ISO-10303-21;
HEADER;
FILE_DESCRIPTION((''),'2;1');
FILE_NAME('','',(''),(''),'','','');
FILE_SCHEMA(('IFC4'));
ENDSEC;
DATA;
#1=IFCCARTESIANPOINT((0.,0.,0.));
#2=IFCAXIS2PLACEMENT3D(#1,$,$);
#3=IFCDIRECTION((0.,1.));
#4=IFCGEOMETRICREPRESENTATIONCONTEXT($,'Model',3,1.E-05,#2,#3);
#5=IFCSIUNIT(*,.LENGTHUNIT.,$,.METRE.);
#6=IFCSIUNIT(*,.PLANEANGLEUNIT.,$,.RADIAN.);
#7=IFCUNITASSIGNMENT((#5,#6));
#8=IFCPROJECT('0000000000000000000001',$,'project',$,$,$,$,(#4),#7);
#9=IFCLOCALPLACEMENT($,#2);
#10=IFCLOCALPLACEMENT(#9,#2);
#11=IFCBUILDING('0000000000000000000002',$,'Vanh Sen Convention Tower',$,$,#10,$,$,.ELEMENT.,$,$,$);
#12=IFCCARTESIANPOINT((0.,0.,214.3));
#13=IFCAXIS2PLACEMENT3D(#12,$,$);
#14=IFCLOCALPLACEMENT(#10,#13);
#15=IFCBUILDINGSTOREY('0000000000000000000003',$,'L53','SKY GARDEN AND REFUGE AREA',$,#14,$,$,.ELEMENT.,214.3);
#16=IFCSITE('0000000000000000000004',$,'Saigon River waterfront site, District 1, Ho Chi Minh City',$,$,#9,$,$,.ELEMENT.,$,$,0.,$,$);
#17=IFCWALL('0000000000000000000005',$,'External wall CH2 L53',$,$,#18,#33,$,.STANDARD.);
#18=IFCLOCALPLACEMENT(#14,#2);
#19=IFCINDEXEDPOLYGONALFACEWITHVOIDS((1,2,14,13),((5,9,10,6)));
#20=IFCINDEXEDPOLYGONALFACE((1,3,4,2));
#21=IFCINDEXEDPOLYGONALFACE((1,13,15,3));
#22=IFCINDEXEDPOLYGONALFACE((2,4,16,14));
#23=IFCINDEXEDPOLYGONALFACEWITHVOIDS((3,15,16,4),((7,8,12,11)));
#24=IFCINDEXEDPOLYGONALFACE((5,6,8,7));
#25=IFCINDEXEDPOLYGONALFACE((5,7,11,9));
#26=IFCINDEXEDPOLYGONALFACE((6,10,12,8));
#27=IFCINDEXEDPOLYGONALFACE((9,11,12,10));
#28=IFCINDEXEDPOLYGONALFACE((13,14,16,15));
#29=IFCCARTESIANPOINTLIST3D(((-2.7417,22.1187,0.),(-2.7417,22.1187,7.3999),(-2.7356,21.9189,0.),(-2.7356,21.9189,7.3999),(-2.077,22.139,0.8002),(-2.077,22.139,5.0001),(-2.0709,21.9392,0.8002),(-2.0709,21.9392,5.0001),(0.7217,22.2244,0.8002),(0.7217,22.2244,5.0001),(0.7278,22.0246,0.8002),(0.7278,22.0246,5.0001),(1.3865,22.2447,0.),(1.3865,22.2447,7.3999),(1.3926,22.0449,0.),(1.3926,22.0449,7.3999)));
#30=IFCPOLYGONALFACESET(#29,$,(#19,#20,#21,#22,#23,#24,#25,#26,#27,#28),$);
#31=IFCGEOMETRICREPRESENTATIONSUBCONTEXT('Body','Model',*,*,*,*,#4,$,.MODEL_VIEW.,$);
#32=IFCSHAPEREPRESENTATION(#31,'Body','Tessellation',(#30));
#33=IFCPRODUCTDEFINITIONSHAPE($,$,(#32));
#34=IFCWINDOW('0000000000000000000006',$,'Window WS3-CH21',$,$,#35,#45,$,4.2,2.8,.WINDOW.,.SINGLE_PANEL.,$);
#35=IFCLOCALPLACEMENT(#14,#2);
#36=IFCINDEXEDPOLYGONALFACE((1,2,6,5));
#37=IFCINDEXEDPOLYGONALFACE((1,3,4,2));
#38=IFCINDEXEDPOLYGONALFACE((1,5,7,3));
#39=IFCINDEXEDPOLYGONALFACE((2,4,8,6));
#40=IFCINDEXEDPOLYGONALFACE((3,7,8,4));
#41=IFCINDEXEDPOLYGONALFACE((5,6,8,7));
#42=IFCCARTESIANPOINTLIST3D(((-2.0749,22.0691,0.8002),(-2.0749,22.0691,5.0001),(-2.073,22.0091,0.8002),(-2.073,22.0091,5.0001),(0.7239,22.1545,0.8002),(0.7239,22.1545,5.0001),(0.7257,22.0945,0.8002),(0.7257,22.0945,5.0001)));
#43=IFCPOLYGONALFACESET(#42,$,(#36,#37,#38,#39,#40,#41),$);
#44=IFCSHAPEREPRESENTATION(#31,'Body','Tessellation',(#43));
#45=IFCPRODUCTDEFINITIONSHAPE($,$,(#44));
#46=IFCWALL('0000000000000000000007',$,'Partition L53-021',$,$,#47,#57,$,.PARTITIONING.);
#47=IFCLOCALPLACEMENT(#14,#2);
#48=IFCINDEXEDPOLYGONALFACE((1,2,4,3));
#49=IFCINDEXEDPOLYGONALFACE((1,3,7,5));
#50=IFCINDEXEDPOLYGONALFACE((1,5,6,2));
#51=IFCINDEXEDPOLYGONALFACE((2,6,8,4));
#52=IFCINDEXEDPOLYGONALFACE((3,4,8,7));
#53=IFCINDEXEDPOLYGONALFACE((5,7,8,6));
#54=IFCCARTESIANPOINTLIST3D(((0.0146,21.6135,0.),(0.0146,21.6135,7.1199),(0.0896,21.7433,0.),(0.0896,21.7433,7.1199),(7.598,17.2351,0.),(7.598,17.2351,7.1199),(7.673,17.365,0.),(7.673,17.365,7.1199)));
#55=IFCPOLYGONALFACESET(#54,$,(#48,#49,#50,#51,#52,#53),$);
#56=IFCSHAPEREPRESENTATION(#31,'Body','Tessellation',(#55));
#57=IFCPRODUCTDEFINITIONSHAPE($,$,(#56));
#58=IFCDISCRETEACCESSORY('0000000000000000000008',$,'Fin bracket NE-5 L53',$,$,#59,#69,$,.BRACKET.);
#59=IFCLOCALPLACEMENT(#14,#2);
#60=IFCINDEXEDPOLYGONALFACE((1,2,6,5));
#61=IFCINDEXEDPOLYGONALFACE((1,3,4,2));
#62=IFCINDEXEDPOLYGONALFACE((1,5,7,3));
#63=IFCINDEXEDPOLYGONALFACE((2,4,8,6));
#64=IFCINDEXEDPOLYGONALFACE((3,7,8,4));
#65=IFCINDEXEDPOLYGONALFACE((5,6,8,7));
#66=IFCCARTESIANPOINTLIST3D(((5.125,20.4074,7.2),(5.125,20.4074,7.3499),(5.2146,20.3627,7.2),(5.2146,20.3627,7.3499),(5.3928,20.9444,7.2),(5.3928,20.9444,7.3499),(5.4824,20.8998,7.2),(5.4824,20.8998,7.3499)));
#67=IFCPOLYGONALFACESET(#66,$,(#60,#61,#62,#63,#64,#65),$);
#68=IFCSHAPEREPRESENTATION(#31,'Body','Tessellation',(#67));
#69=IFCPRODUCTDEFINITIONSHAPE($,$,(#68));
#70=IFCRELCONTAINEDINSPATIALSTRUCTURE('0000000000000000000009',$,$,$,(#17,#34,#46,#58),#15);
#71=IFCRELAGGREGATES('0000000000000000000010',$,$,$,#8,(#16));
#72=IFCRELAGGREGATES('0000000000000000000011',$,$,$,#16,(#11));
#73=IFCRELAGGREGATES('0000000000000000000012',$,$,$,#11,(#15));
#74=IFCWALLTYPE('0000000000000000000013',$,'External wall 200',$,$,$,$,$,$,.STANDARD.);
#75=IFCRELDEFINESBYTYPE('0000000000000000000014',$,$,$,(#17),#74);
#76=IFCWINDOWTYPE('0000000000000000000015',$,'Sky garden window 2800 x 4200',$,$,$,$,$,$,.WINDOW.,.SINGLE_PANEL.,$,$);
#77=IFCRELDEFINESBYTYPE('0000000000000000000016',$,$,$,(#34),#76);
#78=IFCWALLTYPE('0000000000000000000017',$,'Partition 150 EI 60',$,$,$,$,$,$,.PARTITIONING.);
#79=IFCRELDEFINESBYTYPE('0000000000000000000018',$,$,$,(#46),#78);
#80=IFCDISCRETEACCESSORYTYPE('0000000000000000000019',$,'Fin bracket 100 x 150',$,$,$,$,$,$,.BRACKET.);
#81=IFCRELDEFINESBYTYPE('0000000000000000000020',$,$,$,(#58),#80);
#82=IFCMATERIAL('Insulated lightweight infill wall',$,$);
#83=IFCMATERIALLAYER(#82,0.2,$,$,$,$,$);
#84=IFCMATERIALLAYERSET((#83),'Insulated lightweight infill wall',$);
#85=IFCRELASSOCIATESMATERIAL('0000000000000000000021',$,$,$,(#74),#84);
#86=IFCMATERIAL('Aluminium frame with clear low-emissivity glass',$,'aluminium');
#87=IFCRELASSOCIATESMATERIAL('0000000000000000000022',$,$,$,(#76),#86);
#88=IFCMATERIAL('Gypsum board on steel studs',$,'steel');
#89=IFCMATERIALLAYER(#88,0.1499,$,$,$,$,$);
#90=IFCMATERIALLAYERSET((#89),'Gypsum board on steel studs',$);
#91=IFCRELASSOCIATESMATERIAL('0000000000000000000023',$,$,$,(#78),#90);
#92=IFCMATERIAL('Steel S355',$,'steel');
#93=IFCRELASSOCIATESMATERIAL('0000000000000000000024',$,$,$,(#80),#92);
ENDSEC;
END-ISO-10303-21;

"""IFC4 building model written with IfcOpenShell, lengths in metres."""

from ifc_helpers import new_model, si_unit, direction, frame, frame_2d, origin, origin_2d, place, context, subcontext, project, spatial, rectangle, extrude, material, layer, layer_set, type_object, element, fill, save


model = new_model("IFC4")

# Units and contexts
model_context = context("Model", 3, precision=1e-05, world=origin(), true_north=direction((0.0, 1.0)))
body_context = subcontext(model_context, "Body", "Model", "MODEL_VIEW")
ifc_project = project(units=[si_unit("LENGTHUNIT", "METRE"), si_unit("PLANEANGLEUNIT", "RADIAN")], contexts=[model_context])

# Site, building, storey
site_placement = place(None, origin())
site = spatial("IfcSite", under=ifc_project, at=site_placement, Name="Saigon River waterfront site, District 1, Ho Chi Minh City", CompositionType="ELEMENT", RefElevation=0.0)
building_placement = place(site_placement, origin())
building = spatial("IfcBuilding", under=site, at=building_placement, Name="Vanh Sen Convention Tower", CompositionType="ELEMENT")
storey_placement = place(building_placement, frame((0.0, 0.0, 214.3)))
storey = spatial("IfcBuildingStorey", under=building, at=storey_placement, Name="L53", Description="SKY GARDEN AND REFUGE AREA", CompositionType="ELEMENT", Elevation=214.3)

# Wall, opening, window
ifc_material_1 = material(Name="Insulated lightweight infill wall")
ifc_layer_1 = layer(ifc_material_1, 0.2)
ifc_layer_set_1 = layer_set([ifc_layer_1], Name="Insulated lightweight infill wall")
wall_type_1 = type_object("IfcWallType", Name="External wall 200", PredefinedType="STANDARD", material=ifc_layer_set_1)
wall_1_placement = place(storey_placement, frame((1.3894, 22.1448, 0.0), z_axis=(0.0, 0.0, 1.0), x_axis=(-0.999535, -0.030502, 0.0)))
wall_1 = element("IfcWall", 1, at=wall_1_placement, inside=storey, type_object=wall_type_1, Name="External wall CH2 L53", PredefinedType="STANDARD", context=body_context, shape_type="SweptSolid", body=[
    extrude(rectangle(XDim=4.1301, YDim=0.2, at=frame_2d((2.0649, 0.0))), origin(), (0.0, 0.0, 1.0), 7.3999),
])
opening_placement = place(wall_1_placement, frame((0.665, 0.0, 0.8)))
opening = element("IfcOpeningElement", 2, at=opening_placement, cuts=wall_1, PredefinedType="OPENING", context=body_context, shape_type="SweptSolid", body=[
    extrude(rectangle(XDim=2.8, YDim=4.2, at=frame_2d((1.3999, 2.1001))), frame((0.0, 0.1099, 0.0), z_axis=(0.0, -1.0, 0.0), x_axis=(1.0, 0.0, 0.0)), (0.0, 0.0, 1.0), 0.22),
])
ifc_material_2 = material(Name="Aluminium frame with clear low-emissivity glass", Category="aluminium")
window_type = type_object("IfcWindowType", Name="Sky garden window 2800 x 4200", PartitioningType="SINGLE_PANEL", PredefinedType="WINDOW", material=ifc_material_2)
window_placement = place(opening_placement, origin())
window = element("IfcWindow", 3, at=window_placement, inside=storey, type_object=window_type, Name="Window WS3-CH21", OverallHeight=4.2, OverallWidth=2.8, PartitioningType="SINGLE_PANEL", PredefinedType="WINDOW", context=body_context, shape_type="SweptSolid", body=[
    extrude(rectangle(XDim=2.8, YDim=4.2, at=frame_2d((1.3999, 2.1001))), frame((0.0, 0.03, 0.0), z_axis=(0.0, -1.0, 0.0), x_axis=(1.0, 0.0, 0.0)), (0.0, 0.0, 1.0), 0.0601),
])
fill(opening, window)

# Wall
ifc_material_3 = material(Name="Gypsum board on steel studs", Category="steel")
ifc_layer_2 = layer(ifc_material_3, 0.1499)
ifc_layer_set_2 = layer_set([ifc_layer_2], Name="Gypsum board on steel studs")
wall_type_2 = type_object("IfcWallType", Name="Partition 150 EI 60", PredefinedType="PARTITIONING", material=ifc_layer_set_2)
wall_2_placement = place(storey_placement, frame((0.052, 21.6785, 0.0), z_axis=(0.0, 0.0, 1.0), x_axis=(0.866021, -0.500007, 0.0)))
element("IfcWall", 4, at=wall_2_placement, inside=storey, type_object=wall_type_2, Name="Partition L53-021", PredefinedType="PARTITIONING", context=body_context, shape_type="SweptSolid", body=[
    extrude(rectangle(XDim=8.7566, YDim=0.1499, at=frame_2d((4.3784, 0.0))), origin(), (0.0, 0.0, 1.0), 7.1199),
])

# Discrete accessory
ifc_material_4 = material(Name="Steel S355", Category="steel")
discrete_accessory_type = type_object("IfcDiscreteAccessoryType", Name="Fin bracket 100 x 150", PredefinedType="BRACKET", material=ifc_material_4)
discrete_accessory_placement = place(storey_placement, frame((5.3037, 20.6536, 7.2), z_axis=(0.0, 0.0, 1.0), x_axis=(0.446198, 0.894934, 0.0)))
element("IfcDiscreteAccessory", 5, at=discrete_accessory_placement, inside=storey, type_object=discrete_accessory_type, Name="Fin bracket NE-5 L53", PredefinedType="BRACKET", context=body_context, shape_type="SweptSolid", body=[
    extrude(rectangle(XDim=0.6001, YDim=0.1001, at=origin_2d()), origin(), (0.0, 0.0, 1.0), 0.1499),
])

save(model, "model.ifc")
